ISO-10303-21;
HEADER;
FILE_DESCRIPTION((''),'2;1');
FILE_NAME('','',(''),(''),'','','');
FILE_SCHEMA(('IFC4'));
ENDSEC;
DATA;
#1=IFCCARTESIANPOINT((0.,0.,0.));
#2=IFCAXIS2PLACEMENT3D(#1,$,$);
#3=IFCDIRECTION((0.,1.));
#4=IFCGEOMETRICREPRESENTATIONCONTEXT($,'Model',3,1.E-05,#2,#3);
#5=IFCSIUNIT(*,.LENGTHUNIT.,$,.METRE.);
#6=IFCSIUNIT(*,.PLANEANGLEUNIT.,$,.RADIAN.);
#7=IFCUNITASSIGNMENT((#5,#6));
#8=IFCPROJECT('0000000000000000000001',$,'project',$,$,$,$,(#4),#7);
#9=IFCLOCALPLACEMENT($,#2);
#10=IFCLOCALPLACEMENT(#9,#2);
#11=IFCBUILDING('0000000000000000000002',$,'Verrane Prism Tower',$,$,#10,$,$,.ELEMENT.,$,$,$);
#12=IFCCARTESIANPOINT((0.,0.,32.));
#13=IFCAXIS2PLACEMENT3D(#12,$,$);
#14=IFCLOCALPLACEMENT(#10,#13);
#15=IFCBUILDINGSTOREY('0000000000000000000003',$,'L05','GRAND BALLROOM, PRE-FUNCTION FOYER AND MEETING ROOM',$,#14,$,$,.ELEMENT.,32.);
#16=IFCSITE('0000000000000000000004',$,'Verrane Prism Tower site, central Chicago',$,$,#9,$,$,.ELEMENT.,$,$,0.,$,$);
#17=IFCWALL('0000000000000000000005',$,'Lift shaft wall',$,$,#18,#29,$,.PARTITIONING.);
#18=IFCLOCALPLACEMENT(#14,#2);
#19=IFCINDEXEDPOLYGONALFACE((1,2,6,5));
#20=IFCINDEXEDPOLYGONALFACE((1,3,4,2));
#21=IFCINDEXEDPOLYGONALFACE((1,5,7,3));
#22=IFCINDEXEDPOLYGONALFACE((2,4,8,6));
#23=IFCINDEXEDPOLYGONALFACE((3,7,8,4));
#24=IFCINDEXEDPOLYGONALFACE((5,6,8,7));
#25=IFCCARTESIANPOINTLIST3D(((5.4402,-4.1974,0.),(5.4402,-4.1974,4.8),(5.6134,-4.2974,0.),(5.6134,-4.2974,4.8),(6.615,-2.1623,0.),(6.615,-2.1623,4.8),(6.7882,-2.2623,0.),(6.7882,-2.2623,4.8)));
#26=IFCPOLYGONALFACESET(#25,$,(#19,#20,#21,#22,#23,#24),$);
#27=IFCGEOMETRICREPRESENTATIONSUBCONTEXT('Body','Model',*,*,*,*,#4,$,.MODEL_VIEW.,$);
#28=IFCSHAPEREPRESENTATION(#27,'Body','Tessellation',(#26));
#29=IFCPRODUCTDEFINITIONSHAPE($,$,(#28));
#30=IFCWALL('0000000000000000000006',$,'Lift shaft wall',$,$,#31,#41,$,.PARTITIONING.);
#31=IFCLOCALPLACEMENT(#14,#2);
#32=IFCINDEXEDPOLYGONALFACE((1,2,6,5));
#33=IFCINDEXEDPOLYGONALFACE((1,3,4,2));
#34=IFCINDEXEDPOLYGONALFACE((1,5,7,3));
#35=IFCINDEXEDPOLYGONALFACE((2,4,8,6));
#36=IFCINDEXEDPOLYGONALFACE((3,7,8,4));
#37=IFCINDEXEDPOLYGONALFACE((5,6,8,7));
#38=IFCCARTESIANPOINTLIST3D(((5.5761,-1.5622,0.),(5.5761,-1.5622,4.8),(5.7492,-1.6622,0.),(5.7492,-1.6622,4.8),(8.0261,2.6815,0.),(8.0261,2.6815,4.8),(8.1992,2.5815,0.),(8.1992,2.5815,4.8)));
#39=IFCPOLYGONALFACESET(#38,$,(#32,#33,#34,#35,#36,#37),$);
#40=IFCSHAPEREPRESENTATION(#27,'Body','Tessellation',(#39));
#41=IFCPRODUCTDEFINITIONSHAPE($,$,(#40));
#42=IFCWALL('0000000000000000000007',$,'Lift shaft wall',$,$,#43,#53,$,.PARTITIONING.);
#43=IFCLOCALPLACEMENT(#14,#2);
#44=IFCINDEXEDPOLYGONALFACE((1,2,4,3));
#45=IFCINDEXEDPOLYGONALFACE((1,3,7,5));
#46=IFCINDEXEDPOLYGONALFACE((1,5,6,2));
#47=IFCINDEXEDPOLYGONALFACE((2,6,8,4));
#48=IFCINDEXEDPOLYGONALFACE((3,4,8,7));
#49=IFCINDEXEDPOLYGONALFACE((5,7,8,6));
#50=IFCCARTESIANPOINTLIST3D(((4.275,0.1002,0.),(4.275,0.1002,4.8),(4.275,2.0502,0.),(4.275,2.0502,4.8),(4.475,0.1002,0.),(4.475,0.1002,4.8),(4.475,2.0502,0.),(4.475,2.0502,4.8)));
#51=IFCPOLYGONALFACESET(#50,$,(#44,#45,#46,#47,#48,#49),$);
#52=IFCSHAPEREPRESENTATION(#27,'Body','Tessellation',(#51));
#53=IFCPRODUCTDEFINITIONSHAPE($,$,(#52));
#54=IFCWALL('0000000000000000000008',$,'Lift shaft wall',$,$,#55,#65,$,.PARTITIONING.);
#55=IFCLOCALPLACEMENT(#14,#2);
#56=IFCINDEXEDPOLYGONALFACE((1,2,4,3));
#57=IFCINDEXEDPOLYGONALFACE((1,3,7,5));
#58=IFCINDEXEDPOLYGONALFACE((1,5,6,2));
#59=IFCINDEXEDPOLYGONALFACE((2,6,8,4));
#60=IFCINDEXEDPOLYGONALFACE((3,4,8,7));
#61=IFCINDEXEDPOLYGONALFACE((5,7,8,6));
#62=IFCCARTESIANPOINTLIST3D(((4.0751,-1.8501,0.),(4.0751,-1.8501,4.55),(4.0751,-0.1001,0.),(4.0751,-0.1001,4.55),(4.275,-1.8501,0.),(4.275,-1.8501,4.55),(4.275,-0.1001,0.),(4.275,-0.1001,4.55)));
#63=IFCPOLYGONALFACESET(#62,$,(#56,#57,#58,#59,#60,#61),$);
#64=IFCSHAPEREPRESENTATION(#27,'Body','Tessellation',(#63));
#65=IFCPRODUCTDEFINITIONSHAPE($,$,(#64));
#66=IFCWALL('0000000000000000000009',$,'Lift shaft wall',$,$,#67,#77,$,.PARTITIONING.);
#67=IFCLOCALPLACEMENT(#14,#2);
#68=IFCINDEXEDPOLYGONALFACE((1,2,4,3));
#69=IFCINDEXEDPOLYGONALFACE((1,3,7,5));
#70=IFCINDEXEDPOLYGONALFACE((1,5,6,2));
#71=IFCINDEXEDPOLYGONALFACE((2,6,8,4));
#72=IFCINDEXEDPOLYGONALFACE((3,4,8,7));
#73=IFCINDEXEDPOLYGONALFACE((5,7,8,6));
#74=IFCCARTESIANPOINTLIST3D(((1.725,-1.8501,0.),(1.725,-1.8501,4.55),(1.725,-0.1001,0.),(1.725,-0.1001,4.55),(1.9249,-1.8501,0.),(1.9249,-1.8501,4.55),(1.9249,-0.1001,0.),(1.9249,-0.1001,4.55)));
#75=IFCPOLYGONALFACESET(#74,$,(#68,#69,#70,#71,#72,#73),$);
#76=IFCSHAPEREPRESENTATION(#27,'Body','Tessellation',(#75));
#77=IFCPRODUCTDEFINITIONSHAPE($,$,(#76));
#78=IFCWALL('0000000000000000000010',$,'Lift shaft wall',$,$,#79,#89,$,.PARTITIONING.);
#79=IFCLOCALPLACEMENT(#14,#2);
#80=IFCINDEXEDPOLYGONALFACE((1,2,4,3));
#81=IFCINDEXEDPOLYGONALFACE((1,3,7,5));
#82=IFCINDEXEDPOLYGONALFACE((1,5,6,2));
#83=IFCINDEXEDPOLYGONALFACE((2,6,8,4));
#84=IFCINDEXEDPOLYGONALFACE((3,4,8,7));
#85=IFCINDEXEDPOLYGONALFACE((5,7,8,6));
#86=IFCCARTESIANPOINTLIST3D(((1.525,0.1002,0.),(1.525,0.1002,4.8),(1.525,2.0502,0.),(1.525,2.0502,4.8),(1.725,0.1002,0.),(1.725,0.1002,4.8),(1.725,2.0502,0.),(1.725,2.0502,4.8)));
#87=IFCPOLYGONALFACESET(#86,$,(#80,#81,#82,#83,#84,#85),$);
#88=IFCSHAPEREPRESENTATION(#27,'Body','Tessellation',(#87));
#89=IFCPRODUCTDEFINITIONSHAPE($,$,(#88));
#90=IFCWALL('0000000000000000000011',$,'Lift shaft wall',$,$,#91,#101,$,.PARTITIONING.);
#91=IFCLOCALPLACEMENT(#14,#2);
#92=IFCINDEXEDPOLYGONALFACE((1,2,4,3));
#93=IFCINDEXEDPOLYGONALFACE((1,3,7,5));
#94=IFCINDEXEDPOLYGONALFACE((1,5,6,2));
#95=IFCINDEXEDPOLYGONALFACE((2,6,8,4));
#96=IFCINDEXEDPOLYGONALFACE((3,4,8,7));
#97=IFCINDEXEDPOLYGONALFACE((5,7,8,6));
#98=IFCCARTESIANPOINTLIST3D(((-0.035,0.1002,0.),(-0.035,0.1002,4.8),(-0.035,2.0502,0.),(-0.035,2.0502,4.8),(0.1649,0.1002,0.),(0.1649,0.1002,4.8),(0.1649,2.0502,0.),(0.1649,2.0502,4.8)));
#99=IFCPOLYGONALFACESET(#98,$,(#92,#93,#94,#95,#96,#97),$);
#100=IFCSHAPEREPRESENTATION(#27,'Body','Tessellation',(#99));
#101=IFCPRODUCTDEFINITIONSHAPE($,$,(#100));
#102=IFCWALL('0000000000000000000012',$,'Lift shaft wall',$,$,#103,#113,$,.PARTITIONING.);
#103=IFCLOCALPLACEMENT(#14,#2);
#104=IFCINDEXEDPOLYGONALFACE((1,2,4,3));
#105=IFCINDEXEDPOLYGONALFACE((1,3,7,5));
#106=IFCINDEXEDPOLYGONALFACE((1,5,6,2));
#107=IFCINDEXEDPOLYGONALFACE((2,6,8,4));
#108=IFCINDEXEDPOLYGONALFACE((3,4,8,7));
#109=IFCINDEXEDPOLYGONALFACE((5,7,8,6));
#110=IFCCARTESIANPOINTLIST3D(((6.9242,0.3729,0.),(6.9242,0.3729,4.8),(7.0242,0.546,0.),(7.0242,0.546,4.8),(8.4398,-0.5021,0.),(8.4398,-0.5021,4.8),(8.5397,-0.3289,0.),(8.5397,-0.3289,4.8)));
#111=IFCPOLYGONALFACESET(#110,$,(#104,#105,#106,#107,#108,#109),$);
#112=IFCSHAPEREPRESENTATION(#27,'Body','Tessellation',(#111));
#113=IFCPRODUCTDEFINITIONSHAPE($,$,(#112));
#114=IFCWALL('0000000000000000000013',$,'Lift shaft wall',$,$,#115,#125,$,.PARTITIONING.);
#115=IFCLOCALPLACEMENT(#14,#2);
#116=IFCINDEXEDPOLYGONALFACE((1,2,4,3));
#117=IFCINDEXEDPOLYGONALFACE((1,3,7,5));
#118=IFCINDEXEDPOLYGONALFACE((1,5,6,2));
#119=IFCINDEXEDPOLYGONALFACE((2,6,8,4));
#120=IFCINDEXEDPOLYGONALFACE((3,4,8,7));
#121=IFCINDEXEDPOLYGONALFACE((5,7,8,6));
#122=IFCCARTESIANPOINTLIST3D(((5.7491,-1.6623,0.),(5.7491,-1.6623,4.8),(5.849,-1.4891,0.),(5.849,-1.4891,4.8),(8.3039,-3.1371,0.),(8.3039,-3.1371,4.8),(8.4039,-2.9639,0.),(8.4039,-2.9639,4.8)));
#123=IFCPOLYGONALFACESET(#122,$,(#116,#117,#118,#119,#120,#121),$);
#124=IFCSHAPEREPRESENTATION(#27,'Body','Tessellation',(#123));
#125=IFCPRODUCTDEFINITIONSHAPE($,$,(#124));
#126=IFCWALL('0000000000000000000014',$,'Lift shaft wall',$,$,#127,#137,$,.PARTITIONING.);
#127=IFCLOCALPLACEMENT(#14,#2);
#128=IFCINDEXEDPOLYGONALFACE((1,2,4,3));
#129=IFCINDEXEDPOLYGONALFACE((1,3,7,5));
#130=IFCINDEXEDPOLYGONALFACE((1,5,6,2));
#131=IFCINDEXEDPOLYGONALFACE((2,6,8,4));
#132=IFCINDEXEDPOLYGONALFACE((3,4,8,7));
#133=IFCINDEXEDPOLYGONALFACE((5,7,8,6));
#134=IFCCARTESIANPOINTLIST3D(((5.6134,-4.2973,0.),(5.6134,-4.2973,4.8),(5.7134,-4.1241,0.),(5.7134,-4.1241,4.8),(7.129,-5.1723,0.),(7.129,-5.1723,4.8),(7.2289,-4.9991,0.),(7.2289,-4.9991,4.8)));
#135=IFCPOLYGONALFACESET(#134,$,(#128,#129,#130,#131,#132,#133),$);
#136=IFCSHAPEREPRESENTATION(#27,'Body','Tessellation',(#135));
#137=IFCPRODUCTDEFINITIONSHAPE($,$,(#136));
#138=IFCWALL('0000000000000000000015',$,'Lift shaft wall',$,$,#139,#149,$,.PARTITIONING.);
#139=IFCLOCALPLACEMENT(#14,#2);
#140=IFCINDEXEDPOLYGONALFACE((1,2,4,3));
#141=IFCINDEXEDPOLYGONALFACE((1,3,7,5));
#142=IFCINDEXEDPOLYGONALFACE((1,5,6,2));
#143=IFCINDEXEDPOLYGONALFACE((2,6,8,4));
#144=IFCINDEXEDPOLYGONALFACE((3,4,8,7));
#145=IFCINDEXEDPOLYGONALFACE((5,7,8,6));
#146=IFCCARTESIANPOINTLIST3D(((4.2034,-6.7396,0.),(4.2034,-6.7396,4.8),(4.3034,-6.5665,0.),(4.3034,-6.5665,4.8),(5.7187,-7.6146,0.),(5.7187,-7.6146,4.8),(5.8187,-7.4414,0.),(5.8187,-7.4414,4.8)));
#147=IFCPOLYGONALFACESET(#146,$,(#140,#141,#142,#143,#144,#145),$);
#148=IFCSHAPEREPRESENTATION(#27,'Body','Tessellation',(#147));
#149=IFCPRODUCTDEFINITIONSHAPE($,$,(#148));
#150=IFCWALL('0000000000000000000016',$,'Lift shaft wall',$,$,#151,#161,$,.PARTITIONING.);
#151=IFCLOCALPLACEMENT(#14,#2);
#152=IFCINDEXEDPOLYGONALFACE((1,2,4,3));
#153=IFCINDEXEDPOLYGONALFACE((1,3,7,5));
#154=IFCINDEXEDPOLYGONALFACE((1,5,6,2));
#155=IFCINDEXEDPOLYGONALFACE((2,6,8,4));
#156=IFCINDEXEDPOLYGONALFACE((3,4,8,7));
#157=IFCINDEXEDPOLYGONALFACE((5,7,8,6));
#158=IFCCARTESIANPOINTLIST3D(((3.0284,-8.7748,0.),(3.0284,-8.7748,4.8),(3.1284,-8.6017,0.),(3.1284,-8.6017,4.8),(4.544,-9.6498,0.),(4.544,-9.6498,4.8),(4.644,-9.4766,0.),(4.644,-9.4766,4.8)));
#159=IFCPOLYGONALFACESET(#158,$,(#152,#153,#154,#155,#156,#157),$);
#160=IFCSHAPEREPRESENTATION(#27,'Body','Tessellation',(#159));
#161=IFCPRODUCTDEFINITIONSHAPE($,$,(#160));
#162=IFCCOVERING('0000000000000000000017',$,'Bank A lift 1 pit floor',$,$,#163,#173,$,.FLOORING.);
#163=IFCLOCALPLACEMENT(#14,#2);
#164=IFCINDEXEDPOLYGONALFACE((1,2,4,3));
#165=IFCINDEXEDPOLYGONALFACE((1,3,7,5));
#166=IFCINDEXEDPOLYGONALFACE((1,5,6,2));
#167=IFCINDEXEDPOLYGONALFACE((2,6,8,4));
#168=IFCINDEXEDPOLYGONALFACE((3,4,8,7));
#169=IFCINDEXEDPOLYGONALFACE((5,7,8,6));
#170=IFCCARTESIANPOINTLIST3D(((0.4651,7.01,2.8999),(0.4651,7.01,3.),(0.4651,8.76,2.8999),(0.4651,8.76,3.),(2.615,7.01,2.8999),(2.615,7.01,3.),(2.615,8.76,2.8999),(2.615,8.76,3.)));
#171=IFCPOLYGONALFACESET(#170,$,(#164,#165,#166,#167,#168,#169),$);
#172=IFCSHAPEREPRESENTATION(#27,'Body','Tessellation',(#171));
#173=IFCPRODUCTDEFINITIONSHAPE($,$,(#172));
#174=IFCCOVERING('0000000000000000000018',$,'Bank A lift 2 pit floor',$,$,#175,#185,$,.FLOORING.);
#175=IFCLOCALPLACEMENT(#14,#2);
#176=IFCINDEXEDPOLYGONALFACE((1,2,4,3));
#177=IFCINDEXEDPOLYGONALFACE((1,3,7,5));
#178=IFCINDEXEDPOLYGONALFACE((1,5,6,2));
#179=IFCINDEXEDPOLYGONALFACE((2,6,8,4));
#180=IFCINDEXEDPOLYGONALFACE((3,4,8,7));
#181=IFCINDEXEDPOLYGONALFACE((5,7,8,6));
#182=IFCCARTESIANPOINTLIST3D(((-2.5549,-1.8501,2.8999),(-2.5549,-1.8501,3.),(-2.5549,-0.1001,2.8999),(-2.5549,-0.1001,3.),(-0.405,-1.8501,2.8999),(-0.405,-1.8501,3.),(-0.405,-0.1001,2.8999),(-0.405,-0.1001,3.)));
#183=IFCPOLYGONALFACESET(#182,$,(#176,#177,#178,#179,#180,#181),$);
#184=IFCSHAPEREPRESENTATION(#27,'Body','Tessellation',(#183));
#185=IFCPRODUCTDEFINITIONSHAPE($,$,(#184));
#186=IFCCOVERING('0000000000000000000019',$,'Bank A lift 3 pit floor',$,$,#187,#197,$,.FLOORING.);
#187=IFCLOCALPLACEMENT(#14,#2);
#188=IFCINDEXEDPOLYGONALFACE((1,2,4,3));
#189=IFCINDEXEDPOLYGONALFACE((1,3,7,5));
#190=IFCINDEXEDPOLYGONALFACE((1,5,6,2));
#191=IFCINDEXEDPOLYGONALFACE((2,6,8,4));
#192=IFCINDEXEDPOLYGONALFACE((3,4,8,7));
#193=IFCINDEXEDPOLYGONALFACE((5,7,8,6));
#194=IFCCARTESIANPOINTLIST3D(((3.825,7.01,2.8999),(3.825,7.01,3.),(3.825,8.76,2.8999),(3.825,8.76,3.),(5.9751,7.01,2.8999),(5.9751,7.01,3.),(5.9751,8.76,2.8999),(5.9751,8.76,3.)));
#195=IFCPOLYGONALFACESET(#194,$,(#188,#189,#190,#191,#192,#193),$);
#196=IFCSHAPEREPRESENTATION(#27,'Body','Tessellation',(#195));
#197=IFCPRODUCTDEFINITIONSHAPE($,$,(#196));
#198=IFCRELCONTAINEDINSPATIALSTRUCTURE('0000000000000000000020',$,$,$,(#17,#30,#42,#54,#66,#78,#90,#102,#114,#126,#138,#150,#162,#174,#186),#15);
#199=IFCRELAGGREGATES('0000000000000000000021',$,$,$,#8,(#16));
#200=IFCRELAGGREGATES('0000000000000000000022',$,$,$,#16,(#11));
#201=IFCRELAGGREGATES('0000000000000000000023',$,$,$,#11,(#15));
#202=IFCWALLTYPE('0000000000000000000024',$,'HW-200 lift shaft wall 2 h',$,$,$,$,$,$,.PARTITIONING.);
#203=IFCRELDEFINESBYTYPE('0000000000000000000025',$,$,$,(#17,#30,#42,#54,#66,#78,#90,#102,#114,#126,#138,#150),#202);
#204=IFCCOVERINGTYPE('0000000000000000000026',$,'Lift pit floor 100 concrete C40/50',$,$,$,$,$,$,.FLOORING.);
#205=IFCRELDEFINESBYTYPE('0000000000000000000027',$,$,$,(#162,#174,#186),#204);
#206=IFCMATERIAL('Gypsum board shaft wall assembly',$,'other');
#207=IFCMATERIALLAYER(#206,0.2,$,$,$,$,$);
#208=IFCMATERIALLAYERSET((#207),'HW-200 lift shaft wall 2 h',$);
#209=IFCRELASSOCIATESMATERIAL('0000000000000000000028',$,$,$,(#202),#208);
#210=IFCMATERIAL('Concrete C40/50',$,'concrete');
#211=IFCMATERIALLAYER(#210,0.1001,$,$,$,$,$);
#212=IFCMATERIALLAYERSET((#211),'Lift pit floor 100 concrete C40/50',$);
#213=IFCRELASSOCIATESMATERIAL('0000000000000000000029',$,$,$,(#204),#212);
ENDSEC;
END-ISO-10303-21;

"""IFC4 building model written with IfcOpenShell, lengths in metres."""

from ifc_helpers import new_model, si_unit, direction, frame, frame_2d, origin, place, context, subcontext, project, spatial, polyline, rectangle, outline, extrude, material, layer, layer_set, type_object, element, save


model = new_model("IFC4")

# Units and contexts
model_context = context("Model", 3, precision=1e-05, world=origin(), true_north=direction((0.0, 1.0)))
body_context = subcontext(model_context, "Body", "Model", "MODEL_VIEW")
ifc_project = project(units=[si_unit("LENGTHUNIT", "METRE"), si_unit("PLANEANGLEUNIT", "RADIAN")], contexts=[model_context])

# Site, building, storey
site_placement = place(None, origin())
site = spatial("IfcSite", under=ifc_project, at=site_placement, Name="Verrane Prism Tower site, central Chicago", CompositionType="ELEMENT", RefElevation=0.0)
building_placement = place(site_placement, origin())
building = spatial("IfcBuilding", under=site, at=building_placement, Name="Verrane Prism Tower", CompositionType="ELEMENT")
storey_placement = place(building_placement, frame((0.0, 0.0, 32.0)))
storey = spatial("IfcBuildingStorey", under=building, at=storey_placement, Name="L05", Description="GRAND BALLROOM, PRE-FUNCTION FOYER AND MEETING ROOM", CompositionType="ELEMENT", Elevation=32.0)

# Shared definitions
ifc_material_1 = material(Name="Gypsum board shaft wall assembly", Category="other")
ifc_layer_1 = layer(ifc_material_1, 0.2)
ifc_layer_set_1 = layer_set([ifc_layer_1], Name="HW-200 lift shaft wall 2 h")
wall_type_1 = type_object("IfcWallType", Name="HW-200 lift shaft wall 2 h", PredefinedType="PARTITIONING", material=ifc_layer_set_1)

# Walls
wall_1_placement = place(storey_placement, frame((5.5269, -4.2473, 0.0), z_axis=(0.0, 0.0, 1.0), x_axis=(0.499938, 0.866061, 0.0)))
element("IfcWall", 1, at=wall_1_placement, inside=storey, type_object=wall_type_1, Name="Lift shaft wall", PredefinedType="PARTITIONING", context=body_context, shape_type="SweptSolid", body=[
    extrude(rectangle(XDim=2.3499, YDim=0.2, at=frame_2d((1.1748, 0.0))), origin(), (0.0, 0.0, 1.0), 4.8),
])
wall_2_placement = place(storey_placement, frame((5.6626, -1.6123, 0.0), z_axis=(0.0, 0.0, 1.0), x_axis=(0.499981, 0.866036, 0.0)))
element("IfcWall", 2, at=wall_2_placement, inside=storey, type_object=wall_type_1, Name="Lift shaft wall", PredefinedType="PARTITIONING", context=body_context, shape_type="SweptSolid", body=[
    extrude(rectangle(XDim=4.9001, YDim=0.2, at=frame_2d((2.4502, 0.0))), origin(), (0.0, 0.0, 1.0), 4.8),
])
wall_3_placement = place(storey_placement, frame((4.375, 0.1001, 0.0), z_axis=(0.0, 0.0, 1.0), x_axis=(0.0, 1.0, 0.0)))
element("IfcWall", 3, at=wall_3_placement, inside=storey, type_object=wall_type_1, Name="Lift shaft wall", PredefinedType="PARTITIONING", context=body_context, shape_type="SweptSolid", body=[
    extrude(rectangle(XDim=1.95, YDim=0.2, at=frame_2d((0.9751, 0.0))), origin(), (0.0, 0.0, 1.0), 4.8),
])
for number, where, z_axis, x_axis, name in (
    (4, (4.175, -1.8501, 0.0), (0.0, 0.0, 1.0), (0.0, 1.0, 0.0), "Lift shaft wall"),
    (5, (1.825, -1.8501, 0.0), (0.0, 0.0, 1.0), (0.0, 1.0, 0.0), "Lift shaft wall"),
):
    element("IfcWall", number, at=place(storey_placement, frame(where, z_axis=z_axis, x_axis=x_axis)), inside=storey, type_object=wall_type_1, Name=name, PredefinedType="PARTITIONING", context=body_context, shape_type="SweptSolid", body=[
        extrude(rectangle(XDim=1.75, YDim=0.2, at=frame_2d((0.875, 0.0))), origin(), (0.0, 0.0, 1.0), 4.55),
    ])
for number, where, z_axis, x_axis, name in (
    (6, (1.625, 0.1001, 0.0), (0.0, 0.0, 1.0), (0.0, 1.0, 0.0), "Lift shaft wall"),
    (7, (0.0649, 0.1001, 0.0), (0.0, 0.0, 1.0), (0.0, 1.0, 0.0), "Lift shaft wall"),
):
    element("IfcWall", number, at=place(storey_placement, frame(where, z_axis=z_axis, x_axis=x_axis)), inside=storey, type_object=wall_type_1, Name=name, PredefinedType="PARTITIONING", context=body_context, shape_type="SweptSolid", body=[
        extrude(rectangle(XDim=1.95, YDim=0.2, at=frame_2d((0.9751, 0.0))), origin(), (0.0, 0.0, 1.0), 4.8),
    ])
wall_4_placement = place(storey_placement, frame((8.4897, -0.4155, 0.0), z_axis=(0.0, 0.0, 1.0), x_axis=(-0.866037, 0.49998, 0.0)))
element("IfcWall", 8, at=wall_4_placement, inside=storey, type_object=wall_type_1, Name="Lift shaft wall", PredefinedType="PARTITIONING", context=body_context, shape_type="SweptSolid", body=[
    extrude(rectangle(XDim=1.75, YDim=0.2, at=frame_2d((0.875, 0.0))), origin(), (0.0, 0.0, 1.0), 4.8),
])
wall_5_placement = place(storey_placement, frame((8.354, -3.0505, 0.0), z_axis=(0.0, 0.0, 1.0), x_axis=(-0.86606, 0.49994, 0.0)))
element("IfcWall", 9, at=wall_5_placement, inside=storey, type_object=wall_type_1, Name="Lift shaft wall", PredefinedType="PARTITIONING", context=body_context, shape_type="SweptSolid", body=[
    extrude(rectangle(XDim=2.95, YDim=0.2, at=frame_2d((1.4751, 0.0))), origin(), (0.0, 0.0, 1.0), 4.8),
])
wall_6_placement = place(storey_placement, frame((7.179, -5.0857, 0.0), z_axis=(0.0, 0.0, 1.0), x_axis=(-0.866037, 0.49998, 0.0)))
element("IfcWall", 10, at=wall_6_placement, inside=storey, type_object=wall_type_1, Name="Lift shaft wall", PredefinedType="PARTITIONING", context=body_context, shape_type="SweptSolid", body=[
    extrude(rectangle(XDim=1.75, YDim=0.2, at=frame_2d((0.875, 0.0))), origin(), (0.0, 0.0, 1.0), 4.8),
])
wall_7_placement = place(storey_placement, frame((5.7688, -7.5281, 0.0), z_axis=(0.0, 0.0, 1.0), x_axis=(-0.866002, 0.50004, 0.0)))
element("IfcWall", 11, at=wall_7_placement, inside=storey, type_object=wall_type_1, Name="Lift shaft wall", PredefinedType="PARTITIONING", context=body_context, shape_type="SweptSolid", body=[
    extrude(rectangle(XDim=1.7498, YDim=0.2, at=frame_2d((0.875, 0.0))), origin(), (0.0, 0.0, 1.0), 4.8),
])
wall_8_placement = place(storey_placement, frame((4.594, -9.5632, 0.0), z_axis=(0.0, 0.0, 1.0), x_axis=(-0.866037, 0.49998, 0.0)))
element("IfcWall", 12, at=wall_8_placement, inside=storey, type_object=wall_type_1, Name="Lift shaft wall", PredefinedType="PARTITIONING", context=body_context, shape_type="SweptSolid", body=[
    extrude(rectangle(XDim=1.75, YDim=0.2, at=frame_2d((0.875, 0.0))), origin(), (0.0, 0.0, 1.0), 4.8),
])

# Coverings
ifc_material_2 = material(Name="Concrete C40/50", Category="concrete")
ifc_layer_2 = layer(ifc_material_2, 0.1001)
ifc_layer_set_2 = layer_set([ifc_layer_2], Name="Lift pit floor 100 concrete C40/50")
covering_type = type_object("IfcCoveringType", Name="Lift pit floor 100 concrete C40/50", PredefinedType="FLOORING", material=ifc_layer_set_2)
covering_1_placement = place(storey_placement, frame((0.0, 0.0, 2.8999)))
element("IfcCovering", 13, at=covering_1_placement, inside=storey, type_object=covering_type, Name="Bank A lift 1 pit floor", PredefinedType="FLOORING", context=body_context, shape_type="SweptSolid", body=[
    extrude(outline(polyline([(0.4651, 7.01), (0.4651, 8.76), (2.615, 8.76), (2.615, 7.01), (0.4651, 7.01)])), origin(), (0.0, 0.0, 1.0), 0.1001),
])
covering_2_placement = place(storey_placement, frame((0.0, 0.0, 2.8999)))
element("IfcCovering", 14, at=covering_2_placement, inside=storey, type_object=covering_type, Name="Bank A lift 2 pit floor", PredefinedType="FLOORING", context=body_context, shape_type="SweptSolid", body=[
    extrude(outline(polyline([(-2.5549, -1.8501), (-2.5549, -0.1001), (-0.405, -0.1001), (-0.405, -1.8501), (-2.5549, -1.8501)])), origin(), (0.0, 0.0, 1.0), 0.1001),
])
covering_3_placement = place(storey_placement, frame((0.0, 0.0, 2.8999)))
element("IfcCovering", 15, at=covering_3_placement, inside=storey, type_object=covering_type, Name="Bank A lift 3 pit floor", PredefinedType="FLOORING", context=body_context, shape_type="SweptSolid", body=[
    extrude(outline(polyline([(3.825, 7.01), (3.825, 8.76), (5.9751, 8.76), (5.9751, 7.01), (3.825, 7.01)])), origin(), (0.0, 0.0, 1.0), 0.1001),
])

save(model, "model.ifc")
